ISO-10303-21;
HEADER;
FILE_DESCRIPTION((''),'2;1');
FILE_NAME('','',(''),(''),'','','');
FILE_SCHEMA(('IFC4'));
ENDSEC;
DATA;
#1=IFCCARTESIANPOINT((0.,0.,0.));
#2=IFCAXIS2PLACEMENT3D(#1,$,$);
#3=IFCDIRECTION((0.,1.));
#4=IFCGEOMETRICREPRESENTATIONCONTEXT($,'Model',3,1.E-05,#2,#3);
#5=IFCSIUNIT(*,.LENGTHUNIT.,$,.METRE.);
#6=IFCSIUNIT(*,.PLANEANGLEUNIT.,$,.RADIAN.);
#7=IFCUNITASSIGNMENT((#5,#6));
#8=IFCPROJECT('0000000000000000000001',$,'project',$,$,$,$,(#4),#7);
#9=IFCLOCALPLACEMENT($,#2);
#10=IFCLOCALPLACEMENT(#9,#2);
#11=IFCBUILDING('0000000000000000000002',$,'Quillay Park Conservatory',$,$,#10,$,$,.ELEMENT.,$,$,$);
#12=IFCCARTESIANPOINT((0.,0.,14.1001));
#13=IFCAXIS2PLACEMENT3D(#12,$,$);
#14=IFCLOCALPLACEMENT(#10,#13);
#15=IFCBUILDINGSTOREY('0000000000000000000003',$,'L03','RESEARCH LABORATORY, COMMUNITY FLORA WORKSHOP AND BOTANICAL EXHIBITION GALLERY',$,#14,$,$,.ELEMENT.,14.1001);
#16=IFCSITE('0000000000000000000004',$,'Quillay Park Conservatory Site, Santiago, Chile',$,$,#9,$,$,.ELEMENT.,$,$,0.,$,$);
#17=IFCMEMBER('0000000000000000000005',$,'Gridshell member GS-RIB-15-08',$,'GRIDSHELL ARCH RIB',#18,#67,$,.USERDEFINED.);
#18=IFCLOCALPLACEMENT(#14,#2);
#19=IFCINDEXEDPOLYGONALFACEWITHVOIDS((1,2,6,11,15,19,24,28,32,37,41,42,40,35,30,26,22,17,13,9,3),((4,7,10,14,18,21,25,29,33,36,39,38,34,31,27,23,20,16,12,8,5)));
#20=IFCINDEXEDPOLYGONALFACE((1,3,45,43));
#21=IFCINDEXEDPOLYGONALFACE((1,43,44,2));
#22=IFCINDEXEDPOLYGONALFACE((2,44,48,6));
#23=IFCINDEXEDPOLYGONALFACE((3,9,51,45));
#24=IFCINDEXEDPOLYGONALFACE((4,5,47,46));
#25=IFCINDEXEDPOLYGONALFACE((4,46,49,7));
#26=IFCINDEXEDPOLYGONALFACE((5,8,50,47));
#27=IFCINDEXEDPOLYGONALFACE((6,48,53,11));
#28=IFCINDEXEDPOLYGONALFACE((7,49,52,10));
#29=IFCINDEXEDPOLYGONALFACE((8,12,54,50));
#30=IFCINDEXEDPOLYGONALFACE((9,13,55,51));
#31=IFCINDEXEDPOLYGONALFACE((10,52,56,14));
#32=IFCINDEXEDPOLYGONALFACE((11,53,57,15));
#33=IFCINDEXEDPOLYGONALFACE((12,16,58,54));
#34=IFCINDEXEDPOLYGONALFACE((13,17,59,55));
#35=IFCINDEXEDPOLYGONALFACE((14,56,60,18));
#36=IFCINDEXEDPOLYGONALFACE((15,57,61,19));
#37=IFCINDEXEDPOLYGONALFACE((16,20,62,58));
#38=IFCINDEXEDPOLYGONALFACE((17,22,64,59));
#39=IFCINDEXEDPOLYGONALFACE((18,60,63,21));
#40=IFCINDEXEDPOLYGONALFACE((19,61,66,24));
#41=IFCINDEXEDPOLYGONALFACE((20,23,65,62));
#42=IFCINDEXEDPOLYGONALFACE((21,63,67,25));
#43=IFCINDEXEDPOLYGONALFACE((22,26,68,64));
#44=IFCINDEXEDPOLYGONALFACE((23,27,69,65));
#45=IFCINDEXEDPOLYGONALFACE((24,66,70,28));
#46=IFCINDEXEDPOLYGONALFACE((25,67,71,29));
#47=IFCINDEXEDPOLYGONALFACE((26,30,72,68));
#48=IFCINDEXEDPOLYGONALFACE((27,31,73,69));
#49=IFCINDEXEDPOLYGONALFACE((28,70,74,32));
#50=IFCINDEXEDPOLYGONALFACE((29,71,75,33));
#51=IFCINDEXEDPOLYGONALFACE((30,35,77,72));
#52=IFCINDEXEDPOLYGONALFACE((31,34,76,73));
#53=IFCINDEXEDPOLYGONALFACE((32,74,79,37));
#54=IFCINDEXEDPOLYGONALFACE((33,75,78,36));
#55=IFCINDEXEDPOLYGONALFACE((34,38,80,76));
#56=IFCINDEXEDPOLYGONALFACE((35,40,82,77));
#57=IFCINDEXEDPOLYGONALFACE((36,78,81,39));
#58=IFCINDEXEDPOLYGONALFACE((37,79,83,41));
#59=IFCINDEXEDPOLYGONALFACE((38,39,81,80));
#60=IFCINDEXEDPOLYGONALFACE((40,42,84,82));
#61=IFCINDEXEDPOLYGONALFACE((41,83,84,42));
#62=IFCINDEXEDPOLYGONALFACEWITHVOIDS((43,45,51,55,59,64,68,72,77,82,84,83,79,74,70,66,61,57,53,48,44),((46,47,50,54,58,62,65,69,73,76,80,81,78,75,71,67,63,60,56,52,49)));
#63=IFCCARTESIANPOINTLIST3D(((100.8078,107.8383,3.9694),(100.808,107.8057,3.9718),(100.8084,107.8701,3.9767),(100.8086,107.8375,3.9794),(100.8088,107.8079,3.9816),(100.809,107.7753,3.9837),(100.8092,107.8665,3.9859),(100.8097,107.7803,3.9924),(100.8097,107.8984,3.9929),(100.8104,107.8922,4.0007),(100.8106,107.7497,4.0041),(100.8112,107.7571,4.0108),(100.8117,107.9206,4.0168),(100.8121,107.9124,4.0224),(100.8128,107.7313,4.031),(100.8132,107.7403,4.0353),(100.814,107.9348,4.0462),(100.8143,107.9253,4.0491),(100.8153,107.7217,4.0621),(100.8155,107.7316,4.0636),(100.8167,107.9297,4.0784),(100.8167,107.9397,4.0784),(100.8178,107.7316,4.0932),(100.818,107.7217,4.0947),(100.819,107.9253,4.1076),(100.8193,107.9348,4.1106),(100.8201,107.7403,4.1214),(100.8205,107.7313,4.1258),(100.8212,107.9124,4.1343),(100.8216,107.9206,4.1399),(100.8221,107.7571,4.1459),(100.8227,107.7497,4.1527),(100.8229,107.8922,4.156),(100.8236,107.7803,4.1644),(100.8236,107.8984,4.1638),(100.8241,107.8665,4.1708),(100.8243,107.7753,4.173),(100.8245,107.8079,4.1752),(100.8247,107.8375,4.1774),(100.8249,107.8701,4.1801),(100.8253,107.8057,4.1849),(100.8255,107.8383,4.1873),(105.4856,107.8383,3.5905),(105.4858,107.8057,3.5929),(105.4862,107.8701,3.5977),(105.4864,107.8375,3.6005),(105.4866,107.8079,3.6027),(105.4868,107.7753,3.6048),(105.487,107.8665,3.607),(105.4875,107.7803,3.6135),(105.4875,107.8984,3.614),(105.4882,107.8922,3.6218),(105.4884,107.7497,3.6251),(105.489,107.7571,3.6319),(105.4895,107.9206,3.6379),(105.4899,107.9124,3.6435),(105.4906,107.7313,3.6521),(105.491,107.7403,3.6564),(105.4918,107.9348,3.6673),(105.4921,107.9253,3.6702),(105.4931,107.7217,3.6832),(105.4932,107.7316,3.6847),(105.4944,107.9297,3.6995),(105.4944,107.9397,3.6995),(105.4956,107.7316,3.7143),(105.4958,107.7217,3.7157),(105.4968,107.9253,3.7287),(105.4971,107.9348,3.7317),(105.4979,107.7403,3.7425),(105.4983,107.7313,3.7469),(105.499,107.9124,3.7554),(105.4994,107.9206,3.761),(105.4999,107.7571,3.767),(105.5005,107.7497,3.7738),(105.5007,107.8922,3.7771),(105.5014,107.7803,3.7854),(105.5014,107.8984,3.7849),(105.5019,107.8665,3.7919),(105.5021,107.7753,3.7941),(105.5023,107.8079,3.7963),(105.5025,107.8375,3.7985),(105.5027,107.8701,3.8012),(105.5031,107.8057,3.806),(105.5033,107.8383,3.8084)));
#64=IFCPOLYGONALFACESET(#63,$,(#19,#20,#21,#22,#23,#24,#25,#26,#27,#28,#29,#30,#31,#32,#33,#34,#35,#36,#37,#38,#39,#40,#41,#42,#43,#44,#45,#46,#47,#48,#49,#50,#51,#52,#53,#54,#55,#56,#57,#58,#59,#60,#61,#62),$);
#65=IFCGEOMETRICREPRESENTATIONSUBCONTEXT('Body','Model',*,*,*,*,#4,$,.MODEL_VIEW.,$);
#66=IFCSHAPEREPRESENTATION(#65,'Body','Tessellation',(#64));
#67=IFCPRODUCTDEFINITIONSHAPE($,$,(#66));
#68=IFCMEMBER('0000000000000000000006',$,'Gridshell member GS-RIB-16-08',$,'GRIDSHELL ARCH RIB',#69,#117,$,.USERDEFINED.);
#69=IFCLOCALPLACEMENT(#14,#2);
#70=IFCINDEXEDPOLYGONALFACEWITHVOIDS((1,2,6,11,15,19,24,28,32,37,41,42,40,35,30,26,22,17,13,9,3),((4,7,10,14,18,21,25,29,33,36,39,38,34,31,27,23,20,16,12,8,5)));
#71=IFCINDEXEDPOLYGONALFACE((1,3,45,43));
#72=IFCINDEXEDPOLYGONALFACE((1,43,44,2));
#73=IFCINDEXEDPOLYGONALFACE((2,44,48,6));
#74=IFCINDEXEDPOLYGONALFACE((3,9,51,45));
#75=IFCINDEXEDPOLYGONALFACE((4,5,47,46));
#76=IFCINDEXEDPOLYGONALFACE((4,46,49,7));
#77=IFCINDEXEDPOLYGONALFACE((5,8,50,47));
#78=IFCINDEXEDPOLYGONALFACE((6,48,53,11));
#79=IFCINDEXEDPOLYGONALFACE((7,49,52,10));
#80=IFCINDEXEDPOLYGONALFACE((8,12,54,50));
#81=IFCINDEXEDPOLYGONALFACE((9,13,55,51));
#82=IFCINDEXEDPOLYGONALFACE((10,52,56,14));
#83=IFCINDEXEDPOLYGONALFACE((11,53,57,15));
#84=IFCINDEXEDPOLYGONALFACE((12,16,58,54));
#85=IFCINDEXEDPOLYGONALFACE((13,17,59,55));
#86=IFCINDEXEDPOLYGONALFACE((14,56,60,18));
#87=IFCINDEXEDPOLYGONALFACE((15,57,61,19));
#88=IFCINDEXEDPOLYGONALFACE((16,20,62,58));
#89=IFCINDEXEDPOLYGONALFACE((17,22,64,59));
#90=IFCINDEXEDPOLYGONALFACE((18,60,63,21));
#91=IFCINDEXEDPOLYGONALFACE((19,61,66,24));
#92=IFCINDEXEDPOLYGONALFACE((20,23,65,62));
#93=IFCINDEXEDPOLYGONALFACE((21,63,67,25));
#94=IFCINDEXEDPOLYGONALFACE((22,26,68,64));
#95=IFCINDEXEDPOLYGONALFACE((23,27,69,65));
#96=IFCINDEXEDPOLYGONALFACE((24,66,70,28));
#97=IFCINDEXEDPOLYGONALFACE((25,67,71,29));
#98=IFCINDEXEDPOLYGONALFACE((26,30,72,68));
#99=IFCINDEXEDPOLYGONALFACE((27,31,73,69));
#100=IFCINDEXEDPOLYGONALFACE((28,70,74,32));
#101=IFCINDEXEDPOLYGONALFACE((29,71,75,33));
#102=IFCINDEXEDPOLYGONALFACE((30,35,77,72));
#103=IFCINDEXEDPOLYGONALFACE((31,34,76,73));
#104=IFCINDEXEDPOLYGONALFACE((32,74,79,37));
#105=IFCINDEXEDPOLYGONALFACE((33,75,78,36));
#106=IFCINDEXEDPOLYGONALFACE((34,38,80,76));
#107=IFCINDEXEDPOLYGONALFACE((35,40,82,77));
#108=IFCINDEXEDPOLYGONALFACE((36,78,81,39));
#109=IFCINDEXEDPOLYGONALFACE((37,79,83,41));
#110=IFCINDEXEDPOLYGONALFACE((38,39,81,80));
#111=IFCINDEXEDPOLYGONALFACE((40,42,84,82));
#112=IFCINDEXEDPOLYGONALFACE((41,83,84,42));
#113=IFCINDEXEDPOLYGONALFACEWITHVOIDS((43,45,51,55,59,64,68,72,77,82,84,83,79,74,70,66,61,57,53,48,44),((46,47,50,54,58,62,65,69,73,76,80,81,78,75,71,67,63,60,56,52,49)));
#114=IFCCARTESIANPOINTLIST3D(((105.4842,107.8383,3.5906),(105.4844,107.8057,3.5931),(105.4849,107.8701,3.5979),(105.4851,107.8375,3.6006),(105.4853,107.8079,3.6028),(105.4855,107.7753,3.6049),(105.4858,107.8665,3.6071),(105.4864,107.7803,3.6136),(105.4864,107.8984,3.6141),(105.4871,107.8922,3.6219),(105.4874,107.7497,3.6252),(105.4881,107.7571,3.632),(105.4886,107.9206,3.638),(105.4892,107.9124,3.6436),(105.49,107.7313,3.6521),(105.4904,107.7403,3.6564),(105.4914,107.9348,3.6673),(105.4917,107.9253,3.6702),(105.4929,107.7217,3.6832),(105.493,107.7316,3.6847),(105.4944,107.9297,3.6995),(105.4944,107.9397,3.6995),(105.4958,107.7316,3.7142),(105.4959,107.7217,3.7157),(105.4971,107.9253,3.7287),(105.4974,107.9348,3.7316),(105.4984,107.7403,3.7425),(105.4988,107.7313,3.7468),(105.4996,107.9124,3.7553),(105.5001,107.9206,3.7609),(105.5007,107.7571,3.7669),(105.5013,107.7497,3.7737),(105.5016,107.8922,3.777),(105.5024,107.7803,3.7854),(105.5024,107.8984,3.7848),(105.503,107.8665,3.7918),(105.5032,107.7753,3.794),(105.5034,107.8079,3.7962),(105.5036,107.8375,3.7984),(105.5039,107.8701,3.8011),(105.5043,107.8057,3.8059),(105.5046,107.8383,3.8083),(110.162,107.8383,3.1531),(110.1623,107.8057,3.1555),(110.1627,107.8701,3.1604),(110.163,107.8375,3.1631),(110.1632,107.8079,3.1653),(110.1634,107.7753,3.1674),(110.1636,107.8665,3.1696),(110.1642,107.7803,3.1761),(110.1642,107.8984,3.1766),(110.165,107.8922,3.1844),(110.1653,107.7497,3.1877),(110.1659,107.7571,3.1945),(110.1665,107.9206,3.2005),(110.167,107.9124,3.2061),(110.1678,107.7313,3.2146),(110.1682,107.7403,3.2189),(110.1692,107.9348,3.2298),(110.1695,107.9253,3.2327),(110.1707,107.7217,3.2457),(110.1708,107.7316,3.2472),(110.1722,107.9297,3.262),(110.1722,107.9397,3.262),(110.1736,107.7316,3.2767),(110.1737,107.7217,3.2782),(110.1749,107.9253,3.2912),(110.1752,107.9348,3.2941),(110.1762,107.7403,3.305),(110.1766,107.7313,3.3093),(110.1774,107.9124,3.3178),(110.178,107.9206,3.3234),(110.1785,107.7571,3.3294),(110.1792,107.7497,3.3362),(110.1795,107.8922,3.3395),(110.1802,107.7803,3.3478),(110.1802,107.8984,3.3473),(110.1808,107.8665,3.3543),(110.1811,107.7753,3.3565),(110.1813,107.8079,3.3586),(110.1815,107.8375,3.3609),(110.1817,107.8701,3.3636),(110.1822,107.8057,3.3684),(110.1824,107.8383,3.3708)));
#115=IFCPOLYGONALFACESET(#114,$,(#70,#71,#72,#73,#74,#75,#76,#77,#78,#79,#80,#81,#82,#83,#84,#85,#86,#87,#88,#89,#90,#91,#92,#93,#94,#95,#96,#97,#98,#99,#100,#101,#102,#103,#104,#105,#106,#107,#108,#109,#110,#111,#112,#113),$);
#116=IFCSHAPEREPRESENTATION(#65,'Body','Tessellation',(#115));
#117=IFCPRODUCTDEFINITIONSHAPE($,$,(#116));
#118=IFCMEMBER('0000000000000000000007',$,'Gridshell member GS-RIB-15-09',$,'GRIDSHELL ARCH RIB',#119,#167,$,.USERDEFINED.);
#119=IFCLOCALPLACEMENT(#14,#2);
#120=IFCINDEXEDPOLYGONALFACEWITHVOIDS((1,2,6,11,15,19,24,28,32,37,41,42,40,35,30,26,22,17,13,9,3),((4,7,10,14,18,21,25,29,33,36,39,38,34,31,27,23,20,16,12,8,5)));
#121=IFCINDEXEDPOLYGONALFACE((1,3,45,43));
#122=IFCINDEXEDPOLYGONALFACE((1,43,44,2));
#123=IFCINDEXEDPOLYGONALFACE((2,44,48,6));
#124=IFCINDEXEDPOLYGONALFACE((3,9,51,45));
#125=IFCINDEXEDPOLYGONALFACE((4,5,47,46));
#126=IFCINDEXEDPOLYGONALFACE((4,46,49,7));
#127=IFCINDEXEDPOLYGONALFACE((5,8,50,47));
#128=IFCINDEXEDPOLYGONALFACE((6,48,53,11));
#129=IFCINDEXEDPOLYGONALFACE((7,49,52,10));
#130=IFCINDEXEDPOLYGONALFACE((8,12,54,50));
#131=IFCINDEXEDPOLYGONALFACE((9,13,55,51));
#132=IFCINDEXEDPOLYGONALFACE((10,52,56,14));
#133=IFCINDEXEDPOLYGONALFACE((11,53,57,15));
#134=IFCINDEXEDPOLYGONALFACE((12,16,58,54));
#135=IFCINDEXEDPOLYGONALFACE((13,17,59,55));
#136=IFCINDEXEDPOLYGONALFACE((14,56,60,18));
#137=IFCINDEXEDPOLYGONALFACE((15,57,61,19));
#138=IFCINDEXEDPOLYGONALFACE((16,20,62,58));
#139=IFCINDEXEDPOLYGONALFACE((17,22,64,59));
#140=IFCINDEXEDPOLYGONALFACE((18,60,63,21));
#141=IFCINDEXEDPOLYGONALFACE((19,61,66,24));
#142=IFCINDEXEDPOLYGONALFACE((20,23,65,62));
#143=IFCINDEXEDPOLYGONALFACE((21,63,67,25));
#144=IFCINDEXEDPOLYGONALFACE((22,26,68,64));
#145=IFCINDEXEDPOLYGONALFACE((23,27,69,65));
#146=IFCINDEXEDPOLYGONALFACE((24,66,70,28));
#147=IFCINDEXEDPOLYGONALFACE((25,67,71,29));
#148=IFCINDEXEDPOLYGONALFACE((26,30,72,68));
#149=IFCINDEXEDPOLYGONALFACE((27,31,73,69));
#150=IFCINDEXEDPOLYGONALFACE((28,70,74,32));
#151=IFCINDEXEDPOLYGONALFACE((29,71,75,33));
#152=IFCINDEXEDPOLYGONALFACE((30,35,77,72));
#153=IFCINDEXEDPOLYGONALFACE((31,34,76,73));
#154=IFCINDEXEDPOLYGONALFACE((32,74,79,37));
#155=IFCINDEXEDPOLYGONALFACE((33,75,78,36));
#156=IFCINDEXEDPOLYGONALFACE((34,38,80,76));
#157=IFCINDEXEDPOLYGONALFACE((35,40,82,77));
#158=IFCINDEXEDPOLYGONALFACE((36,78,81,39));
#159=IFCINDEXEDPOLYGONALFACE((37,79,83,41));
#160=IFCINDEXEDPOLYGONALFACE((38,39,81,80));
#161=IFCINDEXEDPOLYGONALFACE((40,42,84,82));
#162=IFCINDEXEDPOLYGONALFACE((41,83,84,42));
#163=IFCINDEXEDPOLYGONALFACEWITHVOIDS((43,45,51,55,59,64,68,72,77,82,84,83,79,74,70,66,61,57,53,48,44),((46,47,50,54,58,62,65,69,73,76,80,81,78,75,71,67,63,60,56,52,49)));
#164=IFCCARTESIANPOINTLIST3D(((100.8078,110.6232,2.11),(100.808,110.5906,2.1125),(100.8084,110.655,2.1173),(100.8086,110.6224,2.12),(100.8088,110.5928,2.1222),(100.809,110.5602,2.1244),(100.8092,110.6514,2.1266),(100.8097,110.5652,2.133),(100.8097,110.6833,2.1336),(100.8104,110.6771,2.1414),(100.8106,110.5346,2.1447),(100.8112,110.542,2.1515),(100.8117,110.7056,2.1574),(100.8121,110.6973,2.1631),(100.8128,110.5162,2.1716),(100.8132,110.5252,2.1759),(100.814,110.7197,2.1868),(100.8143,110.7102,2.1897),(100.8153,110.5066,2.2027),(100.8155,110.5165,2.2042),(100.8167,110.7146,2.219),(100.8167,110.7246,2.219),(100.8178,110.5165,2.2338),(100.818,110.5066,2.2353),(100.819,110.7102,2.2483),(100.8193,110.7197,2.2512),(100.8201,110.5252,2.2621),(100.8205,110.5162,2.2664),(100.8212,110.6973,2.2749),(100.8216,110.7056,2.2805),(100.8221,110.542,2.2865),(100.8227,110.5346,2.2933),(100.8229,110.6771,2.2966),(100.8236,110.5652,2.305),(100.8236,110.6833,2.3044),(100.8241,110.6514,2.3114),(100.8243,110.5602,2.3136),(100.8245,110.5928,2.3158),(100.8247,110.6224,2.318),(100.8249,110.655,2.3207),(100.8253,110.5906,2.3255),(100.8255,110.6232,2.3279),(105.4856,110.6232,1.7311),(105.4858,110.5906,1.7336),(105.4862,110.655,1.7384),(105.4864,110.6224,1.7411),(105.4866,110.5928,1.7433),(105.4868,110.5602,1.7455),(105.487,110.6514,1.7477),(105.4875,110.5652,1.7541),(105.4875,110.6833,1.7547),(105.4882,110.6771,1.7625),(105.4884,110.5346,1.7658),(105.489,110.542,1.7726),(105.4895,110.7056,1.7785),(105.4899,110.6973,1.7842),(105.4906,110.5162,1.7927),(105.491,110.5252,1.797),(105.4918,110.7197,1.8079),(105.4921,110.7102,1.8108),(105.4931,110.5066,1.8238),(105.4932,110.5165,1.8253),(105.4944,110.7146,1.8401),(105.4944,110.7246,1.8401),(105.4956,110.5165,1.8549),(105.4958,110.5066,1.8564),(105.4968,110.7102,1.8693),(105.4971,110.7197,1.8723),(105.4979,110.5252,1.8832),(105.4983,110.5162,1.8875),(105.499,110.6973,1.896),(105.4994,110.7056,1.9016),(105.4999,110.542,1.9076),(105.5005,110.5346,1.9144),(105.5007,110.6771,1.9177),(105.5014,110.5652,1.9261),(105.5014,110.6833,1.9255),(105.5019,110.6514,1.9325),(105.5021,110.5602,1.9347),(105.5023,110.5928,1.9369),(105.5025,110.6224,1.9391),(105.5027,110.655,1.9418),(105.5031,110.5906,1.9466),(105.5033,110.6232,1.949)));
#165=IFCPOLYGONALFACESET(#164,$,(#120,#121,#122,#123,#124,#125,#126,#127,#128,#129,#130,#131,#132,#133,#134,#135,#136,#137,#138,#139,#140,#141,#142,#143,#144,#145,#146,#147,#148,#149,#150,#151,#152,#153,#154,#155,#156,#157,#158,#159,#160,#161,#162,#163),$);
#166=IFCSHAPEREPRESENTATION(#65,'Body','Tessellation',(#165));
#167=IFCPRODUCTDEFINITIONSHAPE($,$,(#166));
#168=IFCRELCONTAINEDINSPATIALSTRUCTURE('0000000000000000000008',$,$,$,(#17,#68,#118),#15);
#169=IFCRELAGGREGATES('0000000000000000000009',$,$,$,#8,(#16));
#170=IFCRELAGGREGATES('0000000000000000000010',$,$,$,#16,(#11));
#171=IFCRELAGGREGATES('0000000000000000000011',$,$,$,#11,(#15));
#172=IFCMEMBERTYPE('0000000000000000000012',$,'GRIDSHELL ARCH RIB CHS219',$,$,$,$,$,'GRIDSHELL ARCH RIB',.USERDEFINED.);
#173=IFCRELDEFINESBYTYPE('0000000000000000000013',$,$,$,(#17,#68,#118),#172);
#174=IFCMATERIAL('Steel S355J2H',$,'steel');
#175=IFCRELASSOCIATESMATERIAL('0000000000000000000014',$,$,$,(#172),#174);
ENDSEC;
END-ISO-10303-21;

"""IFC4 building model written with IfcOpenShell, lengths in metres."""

from ifc_helpers import new_model, si_unit, direction, frame, origin, origin_2d, place, context, subcontext, project, spatial, hollow_circle, extrude, material, material_profile, profile_set, type_object, element, save


model = new_model("IFC4")

# Units and contexts
model_context = context("Model", 3, precision=1e-05, world=origin(), true_north=direction((0.0, 1.0)))
body_context = subcontext(model_context, "Body", "Model", "MODEL_VIEW")
ifc_project = project(units=[si_unit("LENGTHUNIT", "METRE"), si_unit("PLANEANGLEUNIT", "RADIAN")], contexts=[model_context])

# Site, building, storey
site_placement = place(None, origin())
site = spatial("IfcSite", under=ifc_project, at=site_placement, Name="Quillay Park Conservatory Site, Santiago, Chile", CompositionType="ELEMENT", RefElevation=0.0)
building_placement = place(site_placement, origin())
building = spatial("IfcBuilding", under=site, at=building_placement, Name="Quillay Park Conservatory", CompositionType="ELEMENT")
storey_placement = place(building_placement, frame((0.0, 0.0, 14.1001)))
storey = spatial("IfcBuildingStorey", under=building, at=storey_placement, Name="L03", Description="RESEARCH LABORATORY, COMMUNITY FLORA WORKSHOP AND BOTANICAL EXHIBITION GALLERY", CompositionType="ELEMENT", Elevation=14.1001)

# Members
ifc_material_1 = material(Name="Steel S355J2H", Category="steel")
ifc_material_profile_1 = material_profile(ifc_material_1, hollow_circle(Radius=0.1096, WallThickness=0.01, at=origin_2d()), Name="CHS219.1x10")
ifc_profile_set_1 = profile_set([ifc_material_profile_1], Name="Steel S355J2H")
member_type = type_object("IfcMemberType", Name="GRIDSHELL ARCH RIB CHS219", ElementType="GRIDSHELL ARCH RIB", PredefinedType="USERDEFINED", material=ifc_profile_set_1)
member_1_placement = place(storey_placement, frame((100.8167, 107.8301, 4.0784), z_axis=(0.996735, 0.0, -0.080738), x_axis=(0.0, 1.0, 0.0)))
element("IfcMember", 1, at=member_1_placement, inside=storey, type_object=member_type, Name="Gridshell member GS-RIB-15-08", ObjectType="GRIDSHELL ARCH RIB", PredefinedType="USERDEFINED", context=body_context, shape_type="SweptSolid", body=[
    extrude(hollow_circle(Radius=0.1096, WallThickness=0.01, at=origin_2d()), origin(), (0.0, 0.0, 1.0), 4.6931),
])
member_2_placement = place(storey_placement, frame((105.4944, 107.8301, 3.6995), z_axis=(0.995655, 0.0, -0.093122), x_axis=(0.0, 1.0, 0.0)))
element("IfcMember", 2, at=member_2_placement, inside=storey, type_object=member_type, Name="Gridshell member GS-RIB-16-08", ObjectType="GRIDSHELL ARCH RIB", PredefinedType="USERDEFINED", context=body_context, shape_type="SweptSolid", body=[
    extrude(hollow_circle(Radius=0.1096, WallThickness=0.01, at=origin_2d()), origin(), (0.0, 0.0, 1.0), 4.6982),
])
member_3_placement = place(storey_placement, frame((100.8167, 110.615, 2.219), z_axis=(0.996735, 0.0, -0.080738), x_axis=(0.0, 1.0, 0.0)))
element("IfcMember", 3, at=member_3_placement, inside=storey, type_object=member_type, Name="Gridshell member GS-RIB-15-09", ObjectType="GRIDSHELL ARCH RIB", PredefinedType="USERDEFINED", context=body_context, shape_type="SweptSolid", body=[
    extrude(hollow_circle(Radius=0.1096, WallThickness=0.01, at=origin_2d()), origin(), (0.0, 0.0, 1.0), 4.6931),
])

save(model, "model.ifc")
